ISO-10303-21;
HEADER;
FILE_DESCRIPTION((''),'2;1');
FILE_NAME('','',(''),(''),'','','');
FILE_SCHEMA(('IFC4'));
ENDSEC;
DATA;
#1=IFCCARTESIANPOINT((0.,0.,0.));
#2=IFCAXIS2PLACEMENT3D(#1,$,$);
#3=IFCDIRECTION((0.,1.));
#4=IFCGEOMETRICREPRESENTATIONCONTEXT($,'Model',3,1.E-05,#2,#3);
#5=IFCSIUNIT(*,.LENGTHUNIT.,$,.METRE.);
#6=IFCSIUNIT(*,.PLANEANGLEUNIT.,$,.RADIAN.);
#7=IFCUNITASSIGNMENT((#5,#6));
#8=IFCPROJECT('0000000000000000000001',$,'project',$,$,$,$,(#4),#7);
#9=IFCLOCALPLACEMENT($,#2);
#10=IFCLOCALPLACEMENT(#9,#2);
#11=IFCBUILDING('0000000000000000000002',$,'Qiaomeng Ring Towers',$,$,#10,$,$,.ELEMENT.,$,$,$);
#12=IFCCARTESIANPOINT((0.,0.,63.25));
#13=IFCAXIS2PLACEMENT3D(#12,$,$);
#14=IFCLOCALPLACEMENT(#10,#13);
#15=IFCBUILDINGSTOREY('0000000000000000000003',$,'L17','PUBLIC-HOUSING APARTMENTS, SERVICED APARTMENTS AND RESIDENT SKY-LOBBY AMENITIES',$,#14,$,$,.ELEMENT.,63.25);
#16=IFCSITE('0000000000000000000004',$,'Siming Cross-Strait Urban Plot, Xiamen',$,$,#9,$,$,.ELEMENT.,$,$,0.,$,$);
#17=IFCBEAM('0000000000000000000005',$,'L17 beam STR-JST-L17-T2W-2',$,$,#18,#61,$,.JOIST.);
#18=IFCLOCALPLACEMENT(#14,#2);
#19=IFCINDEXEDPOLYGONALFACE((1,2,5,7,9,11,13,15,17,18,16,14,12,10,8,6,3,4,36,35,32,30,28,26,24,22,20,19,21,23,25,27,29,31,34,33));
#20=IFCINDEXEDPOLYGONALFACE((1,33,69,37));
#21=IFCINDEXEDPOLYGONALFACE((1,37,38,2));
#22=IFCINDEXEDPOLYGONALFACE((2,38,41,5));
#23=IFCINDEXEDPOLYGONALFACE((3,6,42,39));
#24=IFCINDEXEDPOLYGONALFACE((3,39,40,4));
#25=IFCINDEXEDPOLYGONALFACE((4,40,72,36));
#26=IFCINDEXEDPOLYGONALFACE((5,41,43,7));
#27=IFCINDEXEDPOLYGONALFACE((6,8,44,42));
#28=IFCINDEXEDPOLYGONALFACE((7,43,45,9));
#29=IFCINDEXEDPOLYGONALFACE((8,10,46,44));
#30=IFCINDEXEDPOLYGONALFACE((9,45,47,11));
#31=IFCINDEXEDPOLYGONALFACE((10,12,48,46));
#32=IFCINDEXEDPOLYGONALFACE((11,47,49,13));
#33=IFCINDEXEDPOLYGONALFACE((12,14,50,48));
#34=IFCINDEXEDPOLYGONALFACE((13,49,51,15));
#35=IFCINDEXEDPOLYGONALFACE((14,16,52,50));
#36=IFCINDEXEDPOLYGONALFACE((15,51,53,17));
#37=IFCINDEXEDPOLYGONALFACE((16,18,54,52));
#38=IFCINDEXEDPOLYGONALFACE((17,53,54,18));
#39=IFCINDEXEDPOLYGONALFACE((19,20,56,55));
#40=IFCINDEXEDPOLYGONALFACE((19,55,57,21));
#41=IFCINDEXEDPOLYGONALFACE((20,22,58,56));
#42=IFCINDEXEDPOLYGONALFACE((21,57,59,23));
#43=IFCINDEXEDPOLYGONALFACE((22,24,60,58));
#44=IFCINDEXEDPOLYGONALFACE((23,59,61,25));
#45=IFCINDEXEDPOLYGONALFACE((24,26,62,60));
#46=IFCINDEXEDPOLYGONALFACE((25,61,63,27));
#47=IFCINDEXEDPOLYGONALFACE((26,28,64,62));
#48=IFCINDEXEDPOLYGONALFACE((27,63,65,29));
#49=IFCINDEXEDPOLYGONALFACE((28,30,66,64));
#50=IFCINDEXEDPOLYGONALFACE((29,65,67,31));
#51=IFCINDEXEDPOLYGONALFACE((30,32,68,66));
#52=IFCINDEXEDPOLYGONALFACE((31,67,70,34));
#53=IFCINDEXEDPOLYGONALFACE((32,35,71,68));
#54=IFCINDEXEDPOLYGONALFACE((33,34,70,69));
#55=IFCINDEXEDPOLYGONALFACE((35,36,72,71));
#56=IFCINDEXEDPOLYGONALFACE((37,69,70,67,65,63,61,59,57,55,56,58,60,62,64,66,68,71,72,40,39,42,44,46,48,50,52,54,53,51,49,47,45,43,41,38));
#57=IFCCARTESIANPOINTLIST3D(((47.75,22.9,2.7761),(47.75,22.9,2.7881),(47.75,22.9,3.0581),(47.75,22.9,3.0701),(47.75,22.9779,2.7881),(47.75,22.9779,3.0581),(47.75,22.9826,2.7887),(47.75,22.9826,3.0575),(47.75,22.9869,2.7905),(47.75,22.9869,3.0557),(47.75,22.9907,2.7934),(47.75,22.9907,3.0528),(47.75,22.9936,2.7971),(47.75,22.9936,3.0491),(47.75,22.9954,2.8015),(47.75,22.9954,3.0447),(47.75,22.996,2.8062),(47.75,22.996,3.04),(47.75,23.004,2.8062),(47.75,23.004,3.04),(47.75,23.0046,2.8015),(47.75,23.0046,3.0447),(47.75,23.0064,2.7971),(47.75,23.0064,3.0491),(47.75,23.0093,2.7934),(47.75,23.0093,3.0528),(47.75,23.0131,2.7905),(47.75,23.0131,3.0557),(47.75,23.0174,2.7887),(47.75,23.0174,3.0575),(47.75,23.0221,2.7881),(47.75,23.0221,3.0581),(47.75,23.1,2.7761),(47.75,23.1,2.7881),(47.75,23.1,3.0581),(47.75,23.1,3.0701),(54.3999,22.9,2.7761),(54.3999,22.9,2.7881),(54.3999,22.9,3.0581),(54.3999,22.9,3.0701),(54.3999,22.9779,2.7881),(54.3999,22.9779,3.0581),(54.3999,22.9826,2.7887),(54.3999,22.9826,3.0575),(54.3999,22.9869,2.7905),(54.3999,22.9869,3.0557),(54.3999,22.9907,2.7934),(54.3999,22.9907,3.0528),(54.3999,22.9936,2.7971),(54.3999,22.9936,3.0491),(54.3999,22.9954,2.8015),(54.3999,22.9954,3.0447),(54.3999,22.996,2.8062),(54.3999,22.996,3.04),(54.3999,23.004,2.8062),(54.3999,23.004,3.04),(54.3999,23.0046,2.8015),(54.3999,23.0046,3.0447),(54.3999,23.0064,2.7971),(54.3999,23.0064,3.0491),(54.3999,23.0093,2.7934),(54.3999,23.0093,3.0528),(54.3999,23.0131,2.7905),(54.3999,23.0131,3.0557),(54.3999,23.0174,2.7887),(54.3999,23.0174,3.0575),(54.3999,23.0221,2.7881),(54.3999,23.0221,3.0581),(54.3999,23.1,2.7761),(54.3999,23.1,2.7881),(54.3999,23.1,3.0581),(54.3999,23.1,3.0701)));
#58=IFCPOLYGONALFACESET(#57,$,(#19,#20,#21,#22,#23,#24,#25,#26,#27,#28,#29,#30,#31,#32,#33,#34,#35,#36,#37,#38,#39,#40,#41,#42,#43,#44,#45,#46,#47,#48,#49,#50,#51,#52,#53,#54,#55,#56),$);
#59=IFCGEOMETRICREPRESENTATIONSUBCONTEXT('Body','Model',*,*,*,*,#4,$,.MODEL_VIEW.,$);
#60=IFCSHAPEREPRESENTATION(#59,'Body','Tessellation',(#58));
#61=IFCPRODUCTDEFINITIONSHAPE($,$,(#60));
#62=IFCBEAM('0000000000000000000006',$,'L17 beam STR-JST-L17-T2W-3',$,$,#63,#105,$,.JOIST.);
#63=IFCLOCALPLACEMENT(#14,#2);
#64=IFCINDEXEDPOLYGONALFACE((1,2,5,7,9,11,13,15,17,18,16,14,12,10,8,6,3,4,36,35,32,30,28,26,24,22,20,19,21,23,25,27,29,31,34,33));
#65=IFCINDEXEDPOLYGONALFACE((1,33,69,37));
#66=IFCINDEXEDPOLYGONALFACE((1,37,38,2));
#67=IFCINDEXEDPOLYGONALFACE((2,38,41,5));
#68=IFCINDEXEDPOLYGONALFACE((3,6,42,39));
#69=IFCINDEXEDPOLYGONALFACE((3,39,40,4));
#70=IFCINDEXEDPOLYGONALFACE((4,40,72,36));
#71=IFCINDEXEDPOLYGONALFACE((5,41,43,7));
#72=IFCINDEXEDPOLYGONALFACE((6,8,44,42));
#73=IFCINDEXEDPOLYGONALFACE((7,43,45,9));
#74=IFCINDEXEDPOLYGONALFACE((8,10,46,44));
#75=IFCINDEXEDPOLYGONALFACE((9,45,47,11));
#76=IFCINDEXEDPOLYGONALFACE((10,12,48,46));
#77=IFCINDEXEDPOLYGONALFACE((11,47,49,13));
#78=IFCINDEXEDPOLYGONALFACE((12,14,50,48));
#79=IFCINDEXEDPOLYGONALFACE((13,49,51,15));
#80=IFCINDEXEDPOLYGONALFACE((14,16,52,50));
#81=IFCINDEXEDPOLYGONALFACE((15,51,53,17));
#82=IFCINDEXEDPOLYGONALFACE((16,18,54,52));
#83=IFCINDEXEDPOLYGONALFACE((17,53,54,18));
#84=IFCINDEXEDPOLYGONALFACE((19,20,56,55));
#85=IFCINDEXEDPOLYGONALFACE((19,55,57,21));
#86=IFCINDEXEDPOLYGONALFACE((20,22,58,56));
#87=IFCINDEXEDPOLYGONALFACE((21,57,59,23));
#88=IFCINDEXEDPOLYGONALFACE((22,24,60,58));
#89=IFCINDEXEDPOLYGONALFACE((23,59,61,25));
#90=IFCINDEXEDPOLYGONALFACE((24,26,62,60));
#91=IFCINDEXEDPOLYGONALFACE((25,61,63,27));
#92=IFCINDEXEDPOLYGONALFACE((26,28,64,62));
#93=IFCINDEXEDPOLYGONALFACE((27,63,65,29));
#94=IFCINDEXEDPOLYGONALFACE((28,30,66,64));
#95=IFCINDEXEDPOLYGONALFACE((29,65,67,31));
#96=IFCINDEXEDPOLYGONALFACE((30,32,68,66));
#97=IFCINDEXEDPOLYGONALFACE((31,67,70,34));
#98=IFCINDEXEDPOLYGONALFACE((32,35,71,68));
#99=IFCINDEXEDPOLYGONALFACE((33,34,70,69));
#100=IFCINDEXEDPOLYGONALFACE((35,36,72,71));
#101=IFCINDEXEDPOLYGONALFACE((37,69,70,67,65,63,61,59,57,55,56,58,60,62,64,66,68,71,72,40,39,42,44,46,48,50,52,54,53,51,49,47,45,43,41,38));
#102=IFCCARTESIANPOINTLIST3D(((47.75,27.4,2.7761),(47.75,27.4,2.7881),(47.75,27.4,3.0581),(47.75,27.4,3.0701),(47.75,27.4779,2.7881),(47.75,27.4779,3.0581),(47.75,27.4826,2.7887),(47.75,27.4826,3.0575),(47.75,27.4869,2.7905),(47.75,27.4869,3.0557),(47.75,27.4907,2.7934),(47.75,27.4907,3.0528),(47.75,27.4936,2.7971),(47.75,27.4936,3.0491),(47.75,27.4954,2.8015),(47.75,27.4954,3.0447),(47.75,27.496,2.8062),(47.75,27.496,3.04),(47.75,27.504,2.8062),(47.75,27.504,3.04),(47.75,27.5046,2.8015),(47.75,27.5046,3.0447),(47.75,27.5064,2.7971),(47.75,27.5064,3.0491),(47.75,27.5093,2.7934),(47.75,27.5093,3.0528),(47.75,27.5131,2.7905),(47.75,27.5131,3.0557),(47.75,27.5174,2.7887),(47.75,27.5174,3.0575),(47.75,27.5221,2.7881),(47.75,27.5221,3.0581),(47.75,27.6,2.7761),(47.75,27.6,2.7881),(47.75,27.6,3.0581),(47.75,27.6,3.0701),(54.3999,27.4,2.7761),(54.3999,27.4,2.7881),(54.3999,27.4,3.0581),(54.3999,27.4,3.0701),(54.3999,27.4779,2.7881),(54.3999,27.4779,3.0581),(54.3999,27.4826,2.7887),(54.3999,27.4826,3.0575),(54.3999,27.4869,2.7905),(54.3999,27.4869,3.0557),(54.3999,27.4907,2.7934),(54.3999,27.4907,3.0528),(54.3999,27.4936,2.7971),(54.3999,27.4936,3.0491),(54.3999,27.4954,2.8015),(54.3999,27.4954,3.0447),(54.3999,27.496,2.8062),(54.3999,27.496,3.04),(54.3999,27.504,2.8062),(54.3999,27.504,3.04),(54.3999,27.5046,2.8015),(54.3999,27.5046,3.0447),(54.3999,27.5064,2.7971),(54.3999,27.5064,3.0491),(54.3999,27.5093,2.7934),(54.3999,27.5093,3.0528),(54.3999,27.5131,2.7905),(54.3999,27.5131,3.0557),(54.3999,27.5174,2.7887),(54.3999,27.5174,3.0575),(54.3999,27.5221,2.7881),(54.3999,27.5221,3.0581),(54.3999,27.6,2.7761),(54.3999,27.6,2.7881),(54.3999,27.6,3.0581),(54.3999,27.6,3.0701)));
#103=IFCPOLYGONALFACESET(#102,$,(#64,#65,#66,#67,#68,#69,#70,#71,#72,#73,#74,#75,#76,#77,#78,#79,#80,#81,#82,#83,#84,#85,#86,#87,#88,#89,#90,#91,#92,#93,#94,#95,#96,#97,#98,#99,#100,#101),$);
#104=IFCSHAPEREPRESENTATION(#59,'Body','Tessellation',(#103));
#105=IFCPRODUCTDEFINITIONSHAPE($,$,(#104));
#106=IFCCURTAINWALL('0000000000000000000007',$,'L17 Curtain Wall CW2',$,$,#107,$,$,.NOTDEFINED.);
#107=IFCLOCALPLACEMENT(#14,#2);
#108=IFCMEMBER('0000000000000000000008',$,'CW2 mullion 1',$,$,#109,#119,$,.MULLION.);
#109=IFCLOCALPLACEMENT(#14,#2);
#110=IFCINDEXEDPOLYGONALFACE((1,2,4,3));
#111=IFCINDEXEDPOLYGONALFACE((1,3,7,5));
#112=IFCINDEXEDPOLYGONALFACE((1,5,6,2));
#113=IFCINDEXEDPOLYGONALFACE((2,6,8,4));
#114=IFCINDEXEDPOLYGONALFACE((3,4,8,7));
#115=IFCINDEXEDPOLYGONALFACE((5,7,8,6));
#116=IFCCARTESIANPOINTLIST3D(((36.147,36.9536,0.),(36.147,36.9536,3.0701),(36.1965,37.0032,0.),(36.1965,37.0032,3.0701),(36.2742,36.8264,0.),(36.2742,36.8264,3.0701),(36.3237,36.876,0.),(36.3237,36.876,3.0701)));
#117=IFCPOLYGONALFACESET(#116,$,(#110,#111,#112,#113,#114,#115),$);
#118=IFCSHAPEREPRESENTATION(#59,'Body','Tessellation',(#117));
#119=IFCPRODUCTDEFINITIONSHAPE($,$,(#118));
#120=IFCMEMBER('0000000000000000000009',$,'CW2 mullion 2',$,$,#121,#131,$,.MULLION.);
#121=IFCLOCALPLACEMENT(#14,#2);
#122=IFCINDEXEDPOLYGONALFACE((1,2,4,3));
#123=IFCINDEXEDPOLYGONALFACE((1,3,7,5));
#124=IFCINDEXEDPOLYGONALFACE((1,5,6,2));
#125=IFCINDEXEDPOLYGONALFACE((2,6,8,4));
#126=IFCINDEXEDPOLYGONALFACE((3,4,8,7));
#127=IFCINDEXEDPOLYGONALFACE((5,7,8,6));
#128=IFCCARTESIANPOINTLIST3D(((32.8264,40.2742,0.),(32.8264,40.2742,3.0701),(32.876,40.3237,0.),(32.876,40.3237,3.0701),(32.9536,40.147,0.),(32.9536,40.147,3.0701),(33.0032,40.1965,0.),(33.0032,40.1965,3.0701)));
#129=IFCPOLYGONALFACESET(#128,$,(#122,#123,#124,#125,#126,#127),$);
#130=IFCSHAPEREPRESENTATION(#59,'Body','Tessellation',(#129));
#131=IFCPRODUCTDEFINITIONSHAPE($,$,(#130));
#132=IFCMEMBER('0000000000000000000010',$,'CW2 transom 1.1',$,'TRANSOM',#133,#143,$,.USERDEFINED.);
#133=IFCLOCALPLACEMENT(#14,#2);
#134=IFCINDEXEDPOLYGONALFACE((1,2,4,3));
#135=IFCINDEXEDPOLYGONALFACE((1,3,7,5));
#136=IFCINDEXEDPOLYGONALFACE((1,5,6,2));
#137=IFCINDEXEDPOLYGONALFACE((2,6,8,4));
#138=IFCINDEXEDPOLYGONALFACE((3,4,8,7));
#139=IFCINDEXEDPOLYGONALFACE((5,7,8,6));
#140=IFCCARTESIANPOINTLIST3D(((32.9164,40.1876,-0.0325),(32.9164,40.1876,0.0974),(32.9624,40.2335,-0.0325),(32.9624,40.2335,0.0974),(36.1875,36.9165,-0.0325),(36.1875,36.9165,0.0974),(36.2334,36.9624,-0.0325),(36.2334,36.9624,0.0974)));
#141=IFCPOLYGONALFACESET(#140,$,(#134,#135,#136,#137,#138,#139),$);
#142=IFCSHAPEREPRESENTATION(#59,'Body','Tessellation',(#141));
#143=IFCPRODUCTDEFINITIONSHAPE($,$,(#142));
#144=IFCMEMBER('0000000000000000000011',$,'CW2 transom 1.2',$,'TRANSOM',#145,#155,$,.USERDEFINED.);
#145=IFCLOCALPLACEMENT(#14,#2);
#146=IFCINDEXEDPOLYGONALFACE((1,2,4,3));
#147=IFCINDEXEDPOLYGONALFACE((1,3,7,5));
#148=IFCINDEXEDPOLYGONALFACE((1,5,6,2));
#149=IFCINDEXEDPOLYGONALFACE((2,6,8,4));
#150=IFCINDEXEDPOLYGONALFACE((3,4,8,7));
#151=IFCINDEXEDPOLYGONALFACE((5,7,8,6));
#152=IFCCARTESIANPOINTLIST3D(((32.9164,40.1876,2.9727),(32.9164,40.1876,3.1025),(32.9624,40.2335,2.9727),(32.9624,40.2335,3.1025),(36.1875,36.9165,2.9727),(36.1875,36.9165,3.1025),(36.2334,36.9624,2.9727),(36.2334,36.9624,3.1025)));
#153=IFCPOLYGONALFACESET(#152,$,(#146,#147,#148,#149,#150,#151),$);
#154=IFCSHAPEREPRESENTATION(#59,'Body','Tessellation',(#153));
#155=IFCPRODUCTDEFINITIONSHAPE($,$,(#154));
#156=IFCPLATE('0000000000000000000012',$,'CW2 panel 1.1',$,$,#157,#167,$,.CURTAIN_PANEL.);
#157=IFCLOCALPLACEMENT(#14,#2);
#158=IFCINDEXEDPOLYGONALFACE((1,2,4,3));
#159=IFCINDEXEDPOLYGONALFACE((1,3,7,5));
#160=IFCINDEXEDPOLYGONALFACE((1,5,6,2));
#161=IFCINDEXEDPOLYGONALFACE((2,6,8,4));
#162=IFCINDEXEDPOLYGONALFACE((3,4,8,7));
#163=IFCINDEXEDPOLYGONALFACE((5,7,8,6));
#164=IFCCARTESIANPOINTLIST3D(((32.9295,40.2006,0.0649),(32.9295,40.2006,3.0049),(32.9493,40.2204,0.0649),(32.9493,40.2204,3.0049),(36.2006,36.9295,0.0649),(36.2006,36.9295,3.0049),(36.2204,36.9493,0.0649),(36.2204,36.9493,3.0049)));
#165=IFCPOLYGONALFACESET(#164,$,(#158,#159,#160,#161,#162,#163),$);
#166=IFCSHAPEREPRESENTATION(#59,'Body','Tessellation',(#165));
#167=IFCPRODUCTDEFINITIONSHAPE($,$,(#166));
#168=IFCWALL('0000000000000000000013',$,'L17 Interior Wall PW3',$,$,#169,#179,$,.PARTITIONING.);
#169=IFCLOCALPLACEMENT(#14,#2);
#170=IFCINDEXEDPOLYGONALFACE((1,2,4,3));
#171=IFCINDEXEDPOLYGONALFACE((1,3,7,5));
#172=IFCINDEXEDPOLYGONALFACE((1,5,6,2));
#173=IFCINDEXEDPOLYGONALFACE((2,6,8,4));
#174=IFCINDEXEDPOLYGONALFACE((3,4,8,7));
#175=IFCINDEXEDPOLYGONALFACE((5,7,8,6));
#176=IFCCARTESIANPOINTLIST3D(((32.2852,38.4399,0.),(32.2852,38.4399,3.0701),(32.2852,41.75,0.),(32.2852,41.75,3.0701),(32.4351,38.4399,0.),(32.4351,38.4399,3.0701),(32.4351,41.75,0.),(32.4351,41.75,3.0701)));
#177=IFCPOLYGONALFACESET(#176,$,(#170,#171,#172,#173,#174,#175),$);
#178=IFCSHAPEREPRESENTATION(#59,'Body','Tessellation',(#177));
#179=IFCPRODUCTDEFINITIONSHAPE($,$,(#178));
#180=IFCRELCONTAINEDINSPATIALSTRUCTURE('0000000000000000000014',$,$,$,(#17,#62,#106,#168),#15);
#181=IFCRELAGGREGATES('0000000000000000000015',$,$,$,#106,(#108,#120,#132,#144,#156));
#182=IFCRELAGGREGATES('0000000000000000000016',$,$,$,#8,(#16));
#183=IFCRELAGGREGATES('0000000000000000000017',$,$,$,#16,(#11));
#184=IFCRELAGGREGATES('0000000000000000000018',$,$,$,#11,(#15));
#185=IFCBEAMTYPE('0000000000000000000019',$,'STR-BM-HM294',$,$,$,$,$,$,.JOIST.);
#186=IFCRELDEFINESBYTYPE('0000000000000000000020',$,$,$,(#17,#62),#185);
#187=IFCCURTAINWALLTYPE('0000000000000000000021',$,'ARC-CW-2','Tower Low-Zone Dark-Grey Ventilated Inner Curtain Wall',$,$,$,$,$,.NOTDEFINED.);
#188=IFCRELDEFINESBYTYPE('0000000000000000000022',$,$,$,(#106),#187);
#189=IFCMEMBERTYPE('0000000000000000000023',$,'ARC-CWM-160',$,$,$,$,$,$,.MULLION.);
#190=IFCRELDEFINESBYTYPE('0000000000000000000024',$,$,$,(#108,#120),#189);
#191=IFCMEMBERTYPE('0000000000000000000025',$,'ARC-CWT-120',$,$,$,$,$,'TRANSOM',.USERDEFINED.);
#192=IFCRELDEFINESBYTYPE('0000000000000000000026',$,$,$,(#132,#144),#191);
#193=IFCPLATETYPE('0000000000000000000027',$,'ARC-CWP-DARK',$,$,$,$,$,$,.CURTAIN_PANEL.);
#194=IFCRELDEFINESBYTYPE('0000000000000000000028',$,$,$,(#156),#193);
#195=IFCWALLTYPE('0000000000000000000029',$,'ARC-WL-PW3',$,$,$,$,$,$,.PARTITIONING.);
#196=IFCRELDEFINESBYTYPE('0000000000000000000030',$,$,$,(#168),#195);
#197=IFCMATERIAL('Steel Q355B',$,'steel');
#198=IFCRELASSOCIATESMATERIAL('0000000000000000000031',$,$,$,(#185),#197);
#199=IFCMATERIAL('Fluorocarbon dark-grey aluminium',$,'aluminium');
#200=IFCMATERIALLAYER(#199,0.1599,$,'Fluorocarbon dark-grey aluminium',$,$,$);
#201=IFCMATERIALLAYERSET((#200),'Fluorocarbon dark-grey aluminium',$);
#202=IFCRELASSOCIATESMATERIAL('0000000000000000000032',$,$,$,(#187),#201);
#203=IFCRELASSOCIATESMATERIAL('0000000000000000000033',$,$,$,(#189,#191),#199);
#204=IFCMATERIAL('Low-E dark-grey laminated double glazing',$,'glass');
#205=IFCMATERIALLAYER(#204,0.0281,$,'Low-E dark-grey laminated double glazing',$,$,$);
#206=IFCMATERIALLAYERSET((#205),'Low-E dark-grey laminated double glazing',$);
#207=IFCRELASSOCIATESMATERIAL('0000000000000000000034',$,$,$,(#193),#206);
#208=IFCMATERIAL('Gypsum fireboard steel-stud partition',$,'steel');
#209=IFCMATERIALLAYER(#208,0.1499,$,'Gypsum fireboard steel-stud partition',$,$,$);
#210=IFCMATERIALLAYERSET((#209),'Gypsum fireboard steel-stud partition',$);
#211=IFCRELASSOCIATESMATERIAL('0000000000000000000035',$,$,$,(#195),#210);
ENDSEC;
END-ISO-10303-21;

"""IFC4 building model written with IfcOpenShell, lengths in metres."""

from ifc_helpers import new_model, si_unit, direction, frame, frame_2d, origin, origin_2d, place, context, subcontext, project, spatial, rectangle, i_section, extrude, source, transform, mapped, material, layer, layer_set, material_profile, profile_set, type_object, element, aggregate, save


model = new_model("IFC4")

# Units and contexts
model_context = context("Model", 3, precision=1e-05, world=origin(), true_north=direction((0.0, 1.0)))
body_context = subcontext(model_context, "Body", "Model", "MODEL_VIEW")
ifc_project = project(units=[si_unit("LENGTHUNIT", "METRE"), si_unit("PLANEANGLEUNIT", "RADIAN")], contexts=[model_context])

# Site, building, storey
site_placement = place(None, origin())
site = spatial("IfcSite", under=ifc_project, at=site_placement, Name="Siming Cross-Strait Urban Plot, Xiamen", CompositionType="ELEMENT", RefElevation=0.0)
building_placement = place(site_placement, origin())
building = spatial("IfcBuilding", under=site, at=building_placement, Name="Qiaomeng Ring Towers", CompositionType="ELEMENT")
storey_placement = place(building_placement, frame((0.0, 0.0, 63.25)))
storey = spatial("IfcBuildingStorey", under=building, at=storey_placement, Name="L17", Description="PUBLIC-HOUSING APARTMENTS, SERVICED APARTMENTS AND RESIDENT SKY-LOBBY AMENITIES", CompositionType="ELEMENT", Elevation=63.25)

# Beams
ifc_material_1 = material(Name="Steel Q355B", Category="steel")
ifc_material_profile_1 = material_profile(ifc_material_1, i_section(OverallWidth=0.2, OverallDepth=0.2939, WebThickness=0.0081, FlangeThickness=0.012, FilletRadius=0.0181, at=origin_2d()), Name="HM 294x200x8x12")
ifc_profile_set_1 = profile_set([ifc_material_profile_1], Name="Steel Q355B")
beam_type_1 = type_object("IfcBeamType", Name="STR-BM-HM294", PredefinedType="JOIST", material=ifc_profile_set_1)
shared_shape_1 = source(origin(), body_context, "Body", "SweptSolid", [
    extrude(i_section(OverallWidth=0.2, OverallDepth=0.2939, WebThickness=0.0081, FlangeThickness=0.012, FilletRadius=0.0181, at=origin_2d()), origin(), (0.0, 0.0, 1.0), 6.6499),
])
for number, where, z_axis, x_axis, name in (
    (1, (47.75, 23.0, 2.9231), (1.0, 0.0, 0.0), (0.0, 1.0, 0.0), "L17 beam STR-JST-L17-T2W-2"),
    (2, (47.75, 27.5, 2.9231), (1.0, 0.0, 0.0), (0.0, 1.0, 0.0), "L17 beam STR-JST-L17-T2W-3"),
):
    element("IfcBeam", number, at=place(storey_placement, frame(where, z_axis=z_axis, x_axis=x_axis)), inside=storey, type_object=beam_type_1, Name=name, PredefinedType="JOIST", context=body_context, shape_type="MappedRepresentation", body=[
        mapped(shared_shape_1, transform((0.0, 0.0, 0.0), x_axis=(1.0, 0.0, 0.0), y_axis=(0.0, 1.0, 0.0), z_axis=(0.0, 0.0, 1.0), scale=1.0)),
    ])

# Curtain wall, members, plate
ifc_material_2 = material(Name="Fluorocarbon dark-grey aluminium", Category="aluminium")
ifc_layer_1 = layer(ifc_material_2, 0.1599, Name="Fluorocarbon dark-grey aluminium")
ifc_layer_set_1 = layer_set([ifc_layer_1], Name="Fluorocarbon dark-grey aluminium")
curtain_wall_type = type_object("IfcCurtainWallType", Name="ARC-CW-2", Description="Tower Low-Zone Dark-Grey Ventilated Inner Curtain Wall", PredefinedType="NOTDEFINED", material=ifc_layer_set_1)
curtain_wall_placement = place(storey_placement, origin())
curtain_wall = element("IfcCurtainWall", 3, at=curtain_wall_placement, inside=storey, type_object=curtain_wall_type, Name="L17 Curtain Wall CW2", PredefinedType="NOTDEFINED")
ifc_material_profile_2 = material_profile(ifc_material_2, rectangle(XDim=0.0701, YDim=0.1799, at=origin_2d()), Name="ALU MULL 70x180")
ifc_profile_set_2 = profile_set([ifc_material_profile_2], Name="Fluorocarbon dark-grey aluminium")
member_type_1 = type_object("IfcMemberType", Name="ARC-CWM-160", PredefinedType="MULLION", material=ifc_profile_set_2)
shared_shape_2 = source(origin(), body_context, "Body", "SweptSolid", [
    extrude(rectangle(XDim=0.0701, YDim=0.1799, at=origin_2d()), origin(), (0.0, 0.0, 1.0), 3.0701),
])
member_1_placement = place(storey_placement, frame((36.2354, 36.9148, 0.0), z_axis=(0.0, 0.0, 1.0), x_axis=(-0.707107, -0.707107, 0.0)))
member_1 = element("IfcMember", 4, at=member_1_placement, type_object=member_type_1, Name="CW2 mullion 1", PredefinedType="MULLION", context=body_context, shape_type="MappedRepresentation", body=[
    mapped(shared_shape_2, transform((0.0, 0.0, 0.0), x_axis=(1.0, 0.0, 0.0), y_axis=(0.0, 1.0, 0.0), z_axis=(0.0, 0.0, 1.0), scale=1.0)),
])
member_2_placement = place(storey_placement, frame((32.9148, 40.2354, 0.0), z_axis=(0.0, 0.0, 1.0), x_axis=(-0.707107, -0.707107, 0.0)))
member_2 = element("IfcMember", 5, at=member_2_placement, type_object=member_type_1, Name="CW2 mullion 2", PredefinedType="MULLION", context=body_context, shape_type="MappedRepresentation", body=[
    mapped(shared_shape_2, transform((0.0, 0.0, 0.0), x_axis=(1.0, 0.0, 0.0), y_axis=(0.0, 1.0, 0.0), z_axis=(0.0, 0.0, 1.0), scale=1.0)),
])
ifc_material_profile_3 = material_profile(ifc_material_2, rectangle(XDim=0.0649, YDim=0.1299, at=origin_2d()), Name="ALU TRAN 65x130")
ifc_profile_set_3 = profile_set([ifc_material_profile_3], Name="Fluorocarbon dark-grey aluminium")
member_type_2 = type_object("IfcMemberType", Name="ARC-CWT-120", ElementType="TRANSOM", PredefinedType="USERDEFINED", material=ifc_profile_set_3)
shared_shape_3 = source(origin(), body_context, "Body", "SweptSolid", [
    extrude(rectangle(XDim=0.0649, YDim=0.1299, at=origin_2d()), origin(), (0.0, 0.0, 1.0), 4.626),
])
member_3_placement = place(storey_placement, frame((36.2104, 36.9395, 0.0325), z_axis=(-0.707107, 0.707107, 0.0), x_axis=(-0.707107, -0.707107, 0.0)))
member_3 = element("IfcMember", 6, at=member_3_placement, type_object=member_type_2, Name="CW2 transom 1.1", ObjectType="TRANSOM", PredefinedType="USERDEFINED", context=body_context, shape_type="MappedRepresentation", body=[
    mapped(shared_shape_3, transform((0.0, 0.0, 0.0), x_axis=(1.0, 0.0, 0.0), y_axis=(0.0, 1.0, 0.0), z_axis=(0.0, 0.0, 1.0), scale=1.0)),
])
member_4_placement = place(storey_placement, frame((36.2104, 36.9395, 3.0376), z_axis=(-0.707107, 0.707107, 0.0), x_axis=(-0.707107, -0.707107, 0.0)))
member_4 = element("IfcMember", 7, at=member_4_placement, type_object=member_type_2, Name="CW2 transom 1.2", ObjectType="TRANSOM", PredefinedType="USERDEFINED", context=body_context, shape_type="MappedRepresentation", body=[
    mapped(shared_shape_3, transform((0.0, 0.0, 0.0), x_axis=(1.0, 0.0, 0.0), y_axis=(0.0, 1.0, 0.0), z_axis=(0.0, 0.0, 1.0), scale=1.0)),
])
ifc_material_3 = material(Name="Low-E dark-grey laminated double glazing", Category="glass")
ifc_layer_2 = layer(ifc_material_3, 0.0281, Name="Low-E dark-grey laminated double glazing")
ifc_layer_set_2 = layer_set([ifc_layer_2], Name="Low-E dark-grey laminated double glazing")
plate_type = type_object("IfcPlateType", Name="ARC-CWP-DARK", PredefinedType="CURTAIN_PANEL", material=ifc_layer_set_2)
shared_shape_4 = source(origin(), body_context, "Body", "SweptSolid", [
    extrude(rectangle(XDim=4.626, YDim=0.0281, at=origin_2d()), origin(), (0.0, 0.0, 1.0), 2.9399),
])
plate_placement = place(storey_placement, frame((34.575, 38.575, 0.0649), z_axis=(0.0, 0.0, 1.0), x_axis=(-0.707107, 0.707107, 0.0)))
plate = element("IfcPlate", 8, at=plate_placement, type_object=plate_type, Name="CW2 panel 1.1", PredefinedType="CURTAIN_PANEL", context=body_context, shape_type="MappedRepresentation", body=[
    mapped(shared_shape_4, transform((0.0, 0.0, 0.0), x_axis=(1.0, 0.0, 0.0), y_axis=(0.0, 1.0, 0.0), z_axis=(0.0, 0.0, 1.0), scale=1.0)),
])
aggregate(curtain_wall, [member_1, member_2, member_3, member_4, plate])

# Wall
ifc_material_4 = material(Name="Gypsum fireboard steel-stud partition", Category="steel")
ifc_layer_3 = layer(ifc_material_4, 0.1499, Name="Gypsum fireboard steel-stud partition")
ifc_layer_set_3 = layer_set([ifc_layer_3], Name="Gypsum fireboard steel-stud partition")
wall_type_1 = type_object("IfcWallType", Name="ARC-WL-PW3", PredefinedType="PARTITIONING", material=ifc_layer_set_3)
wall_1_placement = place(storey_placement, frame((32.3601, 38.4399, 0.0), z_axis=(0.0, 0.0, 1.0), x_axis=(0.0, 1.0, 0.0)))
element("IfcWall", 9, at=wall_1_placement, inside=storey, type_object=wall_type_1, Name="L17 Interior Wall PW3", PredefinedType="PARTITIONING", context=body_context, shape_type="SweptSolid", body=[
    extrude(rectangle(XDim=3.3101, YDim=0.1499, at=frame_2d((1.655, 0.0))), origin(), (0.0, 0.0, 1.0), 3.0701),
])

save(model, "model.ifc")
